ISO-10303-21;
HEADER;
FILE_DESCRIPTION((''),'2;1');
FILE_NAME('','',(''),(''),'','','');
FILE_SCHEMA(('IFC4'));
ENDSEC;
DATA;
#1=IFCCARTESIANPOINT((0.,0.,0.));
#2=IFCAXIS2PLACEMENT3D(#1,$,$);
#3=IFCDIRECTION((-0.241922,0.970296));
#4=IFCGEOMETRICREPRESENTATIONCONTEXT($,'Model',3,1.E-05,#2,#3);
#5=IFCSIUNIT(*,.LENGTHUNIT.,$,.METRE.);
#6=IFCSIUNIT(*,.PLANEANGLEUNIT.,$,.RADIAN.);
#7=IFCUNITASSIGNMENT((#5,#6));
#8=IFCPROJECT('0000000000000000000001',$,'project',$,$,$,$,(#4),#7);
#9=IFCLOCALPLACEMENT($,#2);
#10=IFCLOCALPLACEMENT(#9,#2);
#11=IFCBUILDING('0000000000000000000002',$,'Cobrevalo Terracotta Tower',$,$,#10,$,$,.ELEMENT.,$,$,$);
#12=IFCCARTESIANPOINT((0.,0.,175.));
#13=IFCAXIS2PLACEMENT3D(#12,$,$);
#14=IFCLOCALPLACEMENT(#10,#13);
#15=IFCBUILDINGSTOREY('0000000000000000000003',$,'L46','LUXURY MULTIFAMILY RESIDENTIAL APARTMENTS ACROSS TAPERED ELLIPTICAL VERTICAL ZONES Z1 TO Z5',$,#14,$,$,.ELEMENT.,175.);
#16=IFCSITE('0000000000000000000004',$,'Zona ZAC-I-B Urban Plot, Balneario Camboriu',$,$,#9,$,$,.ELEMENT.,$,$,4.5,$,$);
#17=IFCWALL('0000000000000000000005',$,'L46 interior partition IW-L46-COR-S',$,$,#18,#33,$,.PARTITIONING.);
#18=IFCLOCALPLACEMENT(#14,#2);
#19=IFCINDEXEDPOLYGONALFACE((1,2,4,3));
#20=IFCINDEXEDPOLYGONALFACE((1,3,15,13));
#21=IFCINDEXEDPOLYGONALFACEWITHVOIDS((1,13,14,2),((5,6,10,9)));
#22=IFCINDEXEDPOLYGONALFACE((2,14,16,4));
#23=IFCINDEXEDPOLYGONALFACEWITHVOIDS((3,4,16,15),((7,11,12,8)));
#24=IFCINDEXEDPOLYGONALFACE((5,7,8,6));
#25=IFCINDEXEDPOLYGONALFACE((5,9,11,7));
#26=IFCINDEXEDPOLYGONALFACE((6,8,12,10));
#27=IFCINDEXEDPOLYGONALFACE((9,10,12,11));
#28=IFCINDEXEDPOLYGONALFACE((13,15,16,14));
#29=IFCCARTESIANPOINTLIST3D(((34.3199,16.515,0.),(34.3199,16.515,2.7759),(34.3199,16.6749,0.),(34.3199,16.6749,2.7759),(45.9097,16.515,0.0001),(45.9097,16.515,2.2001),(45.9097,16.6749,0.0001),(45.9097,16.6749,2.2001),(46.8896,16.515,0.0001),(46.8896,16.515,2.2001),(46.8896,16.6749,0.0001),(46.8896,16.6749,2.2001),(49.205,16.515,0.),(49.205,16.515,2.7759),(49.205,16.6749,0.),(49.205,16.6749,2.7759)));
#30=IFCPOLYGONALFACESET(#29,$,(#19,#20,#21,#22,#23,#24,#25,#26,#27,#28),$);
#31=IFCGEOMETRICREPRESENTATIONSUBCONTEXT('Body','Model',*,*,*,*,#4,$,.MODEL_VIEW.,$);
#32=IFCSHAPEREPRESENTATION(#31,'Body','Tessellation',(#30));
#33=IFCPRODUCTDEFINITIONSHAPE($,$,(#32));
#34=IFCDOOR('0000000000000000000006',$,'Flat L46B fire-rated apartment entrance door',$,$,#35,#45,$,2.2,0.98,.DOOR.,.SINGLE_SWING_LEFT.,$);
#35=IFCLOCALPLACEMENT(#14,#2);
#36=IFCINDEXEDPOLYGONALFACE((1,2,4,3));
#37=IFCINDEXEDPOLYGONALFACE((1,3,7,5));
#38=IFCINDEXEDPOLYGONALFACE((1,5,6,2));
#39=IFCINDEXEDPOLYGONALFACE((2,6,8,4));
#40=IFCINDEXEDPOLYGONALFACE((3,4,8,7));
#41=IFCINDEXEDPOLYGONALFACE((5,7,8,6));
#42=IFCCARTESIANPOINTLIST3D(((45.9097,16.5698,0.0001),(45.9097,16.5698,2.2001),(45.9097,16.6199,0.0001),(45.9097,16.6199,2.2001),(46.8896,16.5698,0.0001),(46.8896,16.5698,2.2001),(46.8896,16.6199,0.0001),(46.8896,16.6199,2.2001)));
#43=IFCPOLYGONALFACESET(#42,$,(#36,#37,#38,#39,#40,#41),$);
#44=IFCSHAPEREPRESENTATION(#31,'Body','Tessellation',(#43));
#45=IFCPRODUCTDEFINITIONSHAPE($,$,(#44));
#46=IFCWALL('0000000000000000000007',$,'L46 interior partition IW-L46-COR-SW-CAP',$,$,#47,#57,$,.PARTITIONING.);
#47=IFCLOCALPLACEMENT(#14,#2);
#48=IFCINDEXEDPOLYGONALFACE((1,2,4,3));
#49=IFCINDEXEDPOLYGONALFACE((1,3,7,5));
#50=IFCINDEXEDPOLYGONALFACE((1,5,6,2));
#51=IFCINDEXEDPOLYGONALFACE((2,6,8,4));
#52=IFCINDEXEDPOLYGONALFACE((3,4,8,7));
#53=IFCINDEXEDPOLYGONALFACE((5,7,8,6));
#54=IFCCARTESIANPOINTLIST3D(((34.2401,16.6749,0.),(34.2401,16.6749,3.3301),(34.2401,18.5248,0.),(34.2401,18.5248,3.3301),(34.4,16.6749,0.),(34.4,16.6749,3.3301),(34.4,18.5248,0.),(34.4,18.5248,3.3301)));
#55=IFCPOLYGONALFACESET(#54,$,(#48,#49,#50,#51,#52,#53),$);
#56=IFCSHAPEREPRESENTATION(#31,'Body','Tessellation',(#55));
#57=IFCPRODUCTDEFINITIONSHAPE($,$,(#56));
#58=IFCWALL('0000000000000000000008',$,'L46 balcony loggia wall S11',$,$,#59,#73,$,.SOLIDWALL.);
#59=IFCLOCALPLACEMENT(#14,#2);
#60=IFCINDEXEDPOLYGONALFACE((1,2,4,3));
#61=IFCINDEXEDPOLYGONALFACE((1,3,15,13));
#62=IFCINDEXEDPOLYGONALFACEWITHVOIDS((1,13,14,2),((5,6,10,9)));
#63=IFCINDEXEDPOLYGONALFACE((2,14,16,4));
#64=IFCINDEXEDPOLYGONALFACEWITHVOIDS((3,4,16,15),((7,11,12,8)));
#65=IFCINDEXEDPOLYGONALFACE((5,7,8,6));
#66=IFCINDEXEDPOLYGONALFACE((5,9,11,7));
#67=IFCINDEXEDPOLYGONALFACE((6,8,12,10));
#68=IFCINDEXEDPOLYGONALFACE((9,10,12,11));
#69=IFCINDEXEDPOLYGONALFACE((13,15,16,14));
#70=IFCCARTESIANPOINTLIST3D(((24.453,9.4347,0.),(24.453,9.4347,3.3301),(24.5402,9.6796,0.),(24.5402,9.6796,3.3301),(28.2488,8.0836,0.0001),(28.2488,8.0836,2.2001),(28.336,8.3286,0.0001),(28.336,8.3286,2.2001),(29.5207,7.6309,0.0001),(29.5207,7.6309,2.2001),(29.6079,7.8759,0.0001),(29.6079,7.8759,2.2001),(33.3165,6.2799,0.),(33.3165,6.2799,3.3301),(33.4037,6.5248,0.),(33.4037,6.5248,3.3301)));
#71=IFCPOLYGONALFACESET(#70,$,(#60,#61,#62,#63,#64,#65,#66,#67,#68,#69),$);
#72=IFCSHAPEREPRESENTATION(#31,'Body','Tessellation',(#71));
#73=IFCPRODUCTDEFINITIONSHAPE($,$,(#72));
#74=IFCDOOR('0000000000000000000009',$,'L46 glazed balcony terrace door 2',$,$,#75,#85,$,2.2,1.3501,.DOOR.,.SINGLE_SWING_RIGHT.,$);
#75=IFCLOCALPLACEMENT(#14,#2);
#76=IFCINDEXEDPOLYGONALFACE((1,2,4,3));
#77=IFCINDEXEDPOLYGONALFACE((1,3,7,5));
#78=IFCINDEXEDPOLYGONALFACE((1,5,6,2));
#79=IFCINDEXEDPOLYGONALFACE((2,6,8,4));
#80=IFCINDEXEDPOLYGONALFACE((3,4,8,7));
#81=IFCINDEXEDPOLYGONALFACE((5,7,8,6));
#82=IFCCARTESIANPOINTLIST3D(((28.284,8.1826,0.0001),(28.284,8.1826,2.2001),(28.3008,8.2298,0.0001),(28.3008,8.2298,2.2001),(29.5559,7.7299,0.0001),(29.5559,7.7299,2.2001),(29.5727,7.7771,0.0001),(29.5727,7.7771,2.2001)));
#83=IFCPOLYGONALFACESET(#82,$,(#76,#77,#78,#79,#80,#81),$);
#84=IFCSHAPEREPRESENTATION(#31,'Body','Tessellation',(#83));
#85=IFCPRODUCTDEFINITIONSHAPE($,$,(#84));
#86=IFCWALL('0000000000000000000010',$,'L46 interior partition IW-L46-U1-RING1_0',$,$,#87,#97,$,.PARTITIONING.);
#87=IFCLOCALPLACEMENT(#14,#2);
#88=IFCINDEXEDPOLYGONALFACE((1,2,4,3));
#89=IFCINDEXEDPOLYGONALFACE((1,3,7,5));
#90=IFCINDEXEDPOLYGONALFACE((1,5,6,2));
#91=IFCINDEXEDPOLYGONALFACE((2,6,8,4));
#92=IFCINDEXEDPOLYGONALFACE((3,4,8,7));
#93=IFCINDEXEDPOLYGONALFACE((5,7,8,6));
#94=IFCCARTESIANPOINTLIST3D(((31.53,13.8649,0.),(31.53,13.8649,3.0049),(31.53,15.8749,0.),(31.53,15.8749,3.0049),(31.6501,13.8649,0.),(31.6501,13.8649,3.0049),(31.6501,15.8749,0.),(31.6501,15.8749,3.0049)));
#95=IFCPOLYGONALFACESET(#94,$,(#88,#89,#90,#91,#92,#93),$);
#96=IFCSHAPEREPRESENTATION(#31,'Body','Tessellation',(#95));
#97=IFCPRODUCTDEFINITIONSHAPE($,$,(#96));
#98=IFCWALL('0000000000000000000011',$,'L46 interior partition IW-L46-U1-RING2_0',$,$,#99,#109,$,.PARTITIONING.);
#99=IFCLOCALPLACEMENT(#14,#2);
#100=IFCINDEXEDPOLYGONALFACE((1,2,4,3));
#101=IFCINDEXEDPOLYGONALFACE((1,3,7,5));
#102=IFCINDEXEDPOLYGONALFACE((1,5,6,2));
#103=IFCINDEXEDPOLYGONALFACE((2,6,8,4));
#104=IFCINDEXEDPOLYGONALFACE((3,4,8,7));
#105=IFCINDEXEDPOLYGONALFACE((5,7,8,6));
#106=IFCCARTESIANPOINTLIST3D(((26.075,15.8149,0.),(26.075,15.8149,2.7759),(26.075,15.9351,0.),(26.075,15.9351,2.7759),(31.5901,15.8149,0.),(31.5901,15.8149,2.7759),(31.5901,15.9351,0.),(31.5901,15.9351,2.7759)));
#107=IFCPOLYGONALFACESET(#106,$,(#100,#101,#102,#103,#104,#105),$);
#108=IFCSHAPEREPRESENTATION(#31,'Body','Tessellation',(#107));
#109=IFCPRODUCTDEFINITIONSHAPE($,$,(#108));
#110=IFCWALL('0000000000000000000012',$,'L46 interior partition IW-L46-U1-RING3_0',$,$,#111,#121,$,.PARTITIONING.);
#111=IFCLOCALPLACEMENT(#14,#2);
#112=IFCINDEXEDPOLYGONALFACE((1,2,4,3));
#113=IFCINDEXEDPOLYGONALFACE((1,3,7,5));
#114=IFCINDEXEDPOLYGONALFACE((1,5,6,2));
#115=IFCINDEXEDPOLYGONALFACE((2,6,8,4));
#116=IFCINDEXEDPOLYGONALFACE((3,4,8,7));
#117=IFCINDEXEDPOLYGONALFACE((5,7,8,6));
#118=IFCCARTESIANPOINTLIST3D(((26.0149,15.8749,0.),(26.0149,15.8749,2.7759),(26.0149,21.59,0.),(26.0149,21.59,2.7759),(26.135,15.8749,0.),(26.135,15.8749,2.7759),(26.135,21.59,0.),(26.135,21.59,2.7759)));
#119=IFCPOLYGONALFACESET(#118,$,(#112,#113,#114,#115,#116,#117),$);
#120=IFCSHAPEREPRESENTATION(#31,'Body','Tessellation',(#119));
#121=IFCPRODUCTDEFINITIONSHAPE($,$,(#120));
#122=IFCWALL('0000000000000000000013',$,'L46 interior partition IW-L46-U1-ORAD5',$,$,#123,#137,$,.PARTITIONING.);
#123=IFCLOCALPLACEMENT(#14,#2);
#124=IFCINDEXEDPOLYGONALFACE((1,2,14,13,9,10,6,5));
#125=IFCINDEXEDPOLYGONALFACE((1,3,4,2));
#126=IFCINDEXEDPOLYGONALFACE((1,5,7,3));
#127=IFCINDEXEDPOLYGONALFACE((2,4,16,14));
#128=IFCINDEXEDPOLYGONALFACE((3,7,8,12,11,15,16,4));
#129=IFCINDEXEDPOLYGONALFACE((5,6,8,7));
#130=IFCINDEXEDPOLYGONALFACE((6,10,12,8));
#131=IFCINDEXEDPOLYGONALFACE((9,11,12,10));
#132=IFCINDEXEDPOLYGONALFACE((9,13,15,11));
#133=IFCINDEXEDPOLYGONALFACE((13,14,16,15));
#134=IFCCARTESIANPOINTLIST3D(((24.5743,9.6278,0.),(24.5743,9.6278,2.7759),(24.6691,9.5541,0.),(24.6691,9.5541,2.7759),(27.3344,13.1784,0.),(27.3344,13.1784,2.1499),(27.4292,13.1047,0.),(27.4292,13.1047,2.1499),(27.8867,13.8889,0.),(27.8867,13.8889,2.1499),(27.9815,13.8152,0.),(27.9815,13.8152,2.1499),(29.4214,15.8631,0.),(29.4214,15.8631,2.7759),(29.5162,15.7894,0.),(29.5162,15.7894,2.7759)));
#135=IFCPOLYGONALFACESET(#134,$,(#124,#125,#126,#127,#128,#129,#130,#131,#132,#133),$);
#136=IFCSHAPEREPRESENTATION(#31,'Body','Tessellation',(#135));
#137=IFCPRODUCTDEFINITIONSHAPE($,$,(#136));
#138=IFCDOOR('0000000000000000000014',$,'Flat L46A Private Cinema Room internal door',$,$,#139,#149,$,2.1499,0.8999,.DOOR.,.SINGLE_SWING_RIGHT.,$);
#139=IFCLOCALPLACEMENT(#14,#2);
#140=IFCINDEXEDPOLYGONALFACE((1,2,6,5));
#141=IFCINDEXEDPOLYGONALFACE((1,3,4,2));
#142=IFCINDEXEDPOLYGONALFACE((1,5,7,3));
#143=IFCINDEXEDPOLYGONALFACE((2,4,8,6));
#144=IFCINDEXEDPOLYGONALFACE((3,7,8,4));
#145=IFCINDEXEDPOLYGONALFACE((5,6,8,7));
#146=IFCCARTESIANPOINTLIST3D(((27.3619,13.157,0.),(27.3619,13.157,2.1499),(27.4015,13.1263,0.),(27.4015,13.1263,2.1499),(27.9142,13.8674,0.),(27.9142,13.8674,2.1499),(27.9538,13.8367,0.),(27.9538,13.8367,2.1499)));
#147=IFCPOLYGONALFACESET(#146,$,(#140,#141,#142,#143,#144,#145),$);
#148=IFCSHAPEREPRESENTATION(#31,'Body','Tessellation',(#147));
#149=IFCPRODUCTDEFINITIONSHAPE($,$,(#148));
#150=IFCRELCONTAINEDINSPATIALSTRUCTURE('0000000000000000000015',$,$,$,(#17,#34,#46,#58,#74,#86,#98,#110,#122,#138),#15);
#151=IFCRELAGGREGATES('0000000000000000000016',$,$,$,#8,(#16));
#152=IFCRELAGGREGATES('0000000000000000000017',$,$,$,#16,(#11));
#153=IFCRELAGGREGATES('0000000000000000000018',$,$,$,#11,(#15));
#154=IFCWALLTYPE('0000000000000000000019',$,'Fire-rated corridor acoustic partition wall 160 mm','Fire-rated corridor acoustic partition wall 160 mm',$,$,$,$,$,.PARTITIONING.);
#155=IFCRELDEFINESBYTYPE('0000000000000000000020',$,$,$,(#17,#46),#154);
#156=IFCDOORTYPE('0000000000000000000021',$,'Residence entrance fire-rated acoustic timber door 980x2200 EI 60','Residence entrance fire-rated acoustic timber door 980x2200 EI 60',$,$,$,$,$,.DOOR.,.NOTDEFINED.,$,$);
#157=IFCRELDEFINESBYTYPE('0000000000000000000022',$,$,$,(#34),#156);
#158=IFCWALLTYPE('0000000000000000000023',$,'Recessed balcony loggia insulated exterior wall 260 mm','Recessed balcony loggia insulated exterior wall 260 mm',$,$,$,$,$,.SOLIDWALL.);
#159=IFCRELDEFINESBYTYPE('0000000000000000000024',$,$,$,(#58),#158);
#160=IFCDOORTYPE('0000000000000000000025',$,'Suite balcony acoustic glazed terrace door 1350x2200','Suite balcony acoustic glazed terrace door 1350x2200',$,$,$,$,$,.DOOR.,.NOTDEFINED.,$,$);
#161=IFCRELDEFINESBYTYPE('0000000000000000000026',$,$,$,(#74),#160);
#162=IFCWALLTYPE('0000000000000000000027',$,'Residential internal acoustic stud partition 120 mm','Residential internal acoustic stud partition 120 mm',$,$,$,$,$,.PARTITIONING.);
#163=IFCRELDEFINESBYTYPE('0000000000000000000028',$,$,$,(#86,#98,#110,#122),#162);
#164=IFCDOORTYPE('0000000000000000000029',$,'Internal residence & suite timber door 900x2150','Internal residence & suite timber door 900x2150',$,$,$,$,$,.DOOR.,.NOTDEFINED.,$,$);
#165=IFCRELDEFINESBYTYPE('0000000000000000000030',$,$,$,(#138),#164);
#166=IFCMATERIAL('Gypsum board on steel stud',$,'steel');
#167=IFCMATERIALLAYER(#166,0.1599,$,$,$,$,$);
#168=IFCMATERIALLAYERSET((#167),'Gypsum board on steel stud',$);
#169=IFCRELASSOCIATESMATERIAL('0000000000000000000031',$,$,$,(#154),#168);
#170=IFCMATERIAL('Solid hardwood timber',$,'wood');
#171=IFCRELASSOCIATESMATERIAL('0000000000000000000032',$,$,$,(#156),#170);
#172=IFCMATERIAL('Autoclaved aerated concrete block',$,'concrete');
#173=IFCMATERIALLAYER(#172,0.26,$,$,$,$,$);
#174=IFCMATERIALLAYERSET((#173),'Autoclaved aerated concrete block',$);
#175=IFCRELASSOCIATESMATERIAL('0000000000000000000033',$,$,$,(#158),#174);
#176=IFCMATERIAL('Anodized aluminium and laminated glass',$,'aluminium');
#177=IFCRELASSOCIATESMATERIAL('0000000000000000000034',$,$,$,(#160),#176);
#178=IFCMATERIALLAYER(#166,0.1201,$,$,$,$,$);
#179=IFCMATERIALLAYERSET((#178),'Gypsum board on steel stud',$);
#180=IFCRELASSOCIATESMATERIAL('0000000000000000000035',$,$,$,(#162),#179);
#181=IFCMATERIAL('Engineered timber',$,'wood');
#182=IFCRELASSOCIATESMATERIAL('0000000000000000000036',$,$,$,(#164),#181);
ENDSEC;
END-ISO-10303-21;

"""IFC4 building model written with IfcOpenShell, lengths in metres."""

from ifc_helpers import new_model, si_unit, direction, frame, frame_2d, origin, place, context, subcontext, project, spatial, rectangle, extrude, source, transform, mapped, material, layer, layer_set, type_object, element, fill, save


model = new_model("IFC4")

# Units and contexts
model_context = context("Model", 3, precision=1e-05, world=origin(), true_north=direction((-0.241922, 0.970296)))
body_context = subcontext(model_context, "Body", "Model", "MODEL_VIEW")
ifc_project = project(units=[si_unit("LENGTHUNIT", "METRE"), si_unit("PLANEANGLEUNIT", "RADIAN")], contexts=[model_context])

# Site, building, storey
site_placement = place(None, origin())
site = spatial("IfcSite", under=ifc_project, at=site_placement, Name="Zona ZAC-I-B Urban Plot, Balneario Camboriu", CompositionType="ELEMENT", RefElevation=4.5)
building_placement = place(site_placement, origin())
building = spatial("IfcBuilding", under=site, at=building_placement, Name="Cobrevalo Terracotta Tower", CompositionType="ELEMENT")
storey_placement = place(building_placement, frame((0.0, 0.0, 175.0)))
storey = spatial("IfcBuildingStorey", under=building, at=storey_placement, Name="L46", Description="LUXURY MULTIFAMILY RESIDENTIAL APARTMENTS ACROSS TAPERED ELLIPTICAL VERTICAL ZONES Z1 TO Z5", CompositionType="ELEMENT", Elevation=175.0)

# Wall, opening, door
ifc_material_1 = material(Name="Gypsum board on steel stud", Category="steel")
ifc_layer_1 = layer(ifc_material_1, 0.1599)
ifc_layer_set_1 = layer_set([ifc_layer_1], Name="Gypsum board on steel stud")
wall_type_1 = type_object("IfcWallType", Name="Fire-rated corridor acoustic partition wall 160 mm", Description="Fire-rated corridor acoustic partition wall 160 mm", PredefinedType="PARTITIONING", material=ifc_layer_set_1)
wall_1_placement = place(storey_placement, frame((34.3201, 16.595, 0.0), z_axis=(0.0, 0.0, 1.0), x_axis=(1.0, 0.0, 0.0)))
wall_1 = element("IfcWall", 1, at=wall_1_placement, inside=storey, type_object=wall_type_1, Name="L46 interior partition IW-L46-COR-S", PredefinedType="PARTITIONING", context=body_context, shape_type="SweptSolid", body=[
    extrude(rectangle(XDim=14.885, YDim=0.1599, at=frame_2d((7.4424, 0.0))), origin(), (0.0, 0.0, 1.0), 2.7759),
])
opening_1_placement = place(wall_1_placement, frame((11.5896, 0.0, 0.0)))
opening_1 = element("IfcOpeningElement", 2, at=opening_1_placement, cuts=wall_1, PredefinedType="OPENING", context=body_context, shape_type="SweptSolid", body=[
    extrude(rectangle(XDim=0.98, YDim=2.2, at=frame_2d((0.49, 1.1001))), frame((0.0, 0.0898, 0.0), z_axis=(0.0, -1.0, 0.0), x_axis=(1.0, 0.0, 0.0)), (0.0, 0.0, 1.0), 0.1799),
])
ifc_material_2 = material(Name="Solid hardwood timber", Category="wood")
door_type_1 = type_object("IfcDoorType", Name="Residence entrance fire-rated acoustic timber door 980x2200 EI 60", Description="Residence entrance fire-rated acoustic timber door 980x2200 EI 60", OperationType="NOTDEFINED", PredefinedType="DOOR", material=ifc_material_2)
shared_shape_1 = source(origin(), body_context, "Body", "SweptSolid", [
    extrude(rectangle(XDim=0.98, YDim=2.2, at=frame_2d((0.49, 1.1001))), frame((0.0, 0.0249, 0.0), z_axis=(0.0, -1.0, 0.0), x_axis=(1.0, 0.0, 0.0)), (0.0, 0.0, 1.0), 0.05),
])
door_1_placement = place(opening_1_placement, origin())
door_1 = element("IfcDoor", 3, at=door_1_placement, inside=storey, type_object=door_type_1, Name="Flat L46B fire-rated apartment entrance door", OperationType="SINGLE_SWING_LEFT", OverallHeight=2.2, OverallWidth=0.98, PredefinedType="DOOR", context=body_context, shape_type="MappedRepresentation", body=[
    mapped(shared_shape_1, transform((0.0, 0.0, 0.0), scale=1.0)),
])
fill(opening_1, door_1)

# Wall
wall_2_placement = place(storey_placement, frame((34.3201, 16.675, 0.0), z_axis=(0.0, 0.0, 1.0), x_axis=(0.0, 1.0, 0.0)))
element("IfcWall", 4, at=wall_2_placement, inside=storey, type_object=wall_type_1, Name="L46 interior partition IW-L46-COR-SW-CAP", PredefinedType="PARTITIONING", context=body_context, shape_type="SweptSolid", body=[
    extrude(rectangle(XDim=1.8499, YDim=0.1599, at=frame_2d((0.9248, 0.0))), origin(), (0.0, 0.0, 1.0), 3.3301),
])

# Wall, opening, door
ifc_material_3 = material(Name="Autoclaved aerated concrete block", Category="concrete")
ifc_layer_2 = layer(ifc_material_3, 0.26)
ifc_layer_set_2 = layer_set([ifc_layer_2], Name="Autoclaved aerated concrete block")
wall_type_2 = type_object("IfcWallType", Name="Recessed balcony loggia insulated exterior wall 260 mm", Description="Recessed balcony loggia insulated exterior wall 260 mm", PredefinedType="SOLIDWALL", material=ifc_layer_set_2)
wall_3_placement = place(storey_placement, frame((24.4966, 9.5571, 0.0), z_axis=(0.0, 0.0, 1.0), x_axis=(0.942104, -0.335322, 0.0)))
wall_3 = element("IfcWall", 5, at=wall_3_placement, inside=storey, type_object=wall_type_2, Name="L46 balcony loggia wall S11", PredefinedType="SOLIDWALL", context=body_context, shape_type="SweptSolid", body=[
    extrude(rectangle(XDim=9.4082, YDim=0.26, at=frame_2d((4.7041, 0.0))), origin(), (0.0, 0.0, 1.0), 3.3301),
])
opening_2_placement = place(wall_3_placement, frame((4.0291, 0.0, 0.0)))
opening_2 = element("IfcOpeningElement", 6, at=opening_2_placement, cuts=wall_3, PredefinedType="OPENING", context=body_context, shape_type="SweptSolid", body=[
    extrude(rectangle(XDim=1.3501, YDim=2.2, at=frame_2d((0.675, 1.1001))), frame((0.0, 0.1401, 0.0), z_axis=(0.0, -1.0, 0.0), x_axis=(1.0, 0.0, 0.0)), (0.0, 0.0, 1.0), 0.28),
])
ifc_material_4 = material(Name="Anodized aluminium and laminated glass", Category="aluminium")
door_type_2 = type_object("IfcDoorType", Name="Suite balcony acoustic glazed terrace door 1350x2200", Description="Suite balcony acoustic glazed terrace door 1350x2200", OperationType="NOTDEFINED", PredefinedType="DOOR", material=ifc_material_4)
shared_shape_2 = source(origin(), body_context, "Body", "SweptSolid", [
    extrude(rectangle(XDim=1.3501, YDim=2.2, at=frame_2d((0.675, 1.1001))), frame((0.0, 0.0249, 0.0), z_axis=(0.0, -1.0, 0.0), x_axis=(1.0, 0.0, 0.0)), (0.0, 0.0, 1.0), 0.05),
])
door_2_placement = place(opening_2_placement, frame((1.3501, 0.0, 0.0), z_axis=(0.0, 0.0, 1.0), x_axis=(-1.0, 0.0, 0.0)))
door_2 = element("IfcDoor", 7, at=door_2_placement, inside=storey, type_object=door_type_2, Name="L46 glazed balcony terrace door 2", OperationType="SINGLE_SWING_RIGHT", OverallHeight=2.2, OverallWidth=1.3501, PredefinedType="DOOR", context=body_context, shape_type="MappedRepresentation", body=[
    mapped(shared_shape_2, transform((0.0, 0.0, 0.0), scale=1.0)),
])
fill(opening_2, door_2)

# Walls
ifc_layer_3 = layer(ifc_material_1, 0.1201)
ifc_layer_set_3 = layer_set([ifc_layer_3], Name="Gypsum board on steel stud")
wall_type_3 = type_object("IfcWallType", Name="Residential internal acoustic stud partition 120 mm", Description="Residential internal acoustic stud partition 120 mm", PredefinedType="PARTITIONING", material=ifc_layer_set_3)
wall_4_placement = place(storey_placement, frame((31.5901, 13.865, 0.0), z_axis=(0.0, 0.0, 1.0), x_axis=(0.0, 1.0, 0.0)))
element("IfcWall", 8, at=wall_4_placement, inside=storey, type_object=wall_type_3, Name="L46 interior partition IW-L46-U1-RING1_0", PredefinedType="PARTITIONING", context=body_context, shape_type="SweptSolid", body=[
    extrude(rectangle(XDim=2.01, YDim=0.1201, at=frame_2d((1.0049, 0.0))), origin(), (0.0, 0.0, 1.0), 3.0049),
])
wall_5_placement = place(storey_placement, frame((31.5901, 15.875, 0.0), z_axis=(0.0, 0.0, 1.0), x_axis=(-1.0, 0.0, 0.0)))
element("IfcWall", 9, at=wall_5_placement, inside=storey, type_object=wall_type_3, Name="L46 interior partition IW-L46-U1-RING2_0", PredefinedType="PARTITIONING", context=body_context, shape_type="SweptSolid", body=[
    extrude(rectangle(XDim=5.5151, YDim=0.1201, at=frame_2d((2.7576, 0.0))), origin(), (0.0, 0.0, 1.0), 2.7759),
])
wall_6_placement = place(storey_placement, frame((26.075, 15.875, 0.0), z_axis=(0.0, 0.0, 1.0), x_axis=(0.0, 1.0, 0.0)))
element("IfcWall", 10, at=wall_6_placement, inside=storey, type_object=wall_type_3, Name="L46 interior partition IW-L46-U1-RING3_0", PredefinedType="PARTITIONING", context=body_context, shape_type="SweptSolid", body=[
    extrude(rectangle(XDim=5.7151, YDim=0.1201, at=frame_2d((2.8574, 0.0))), origin(), (0.0, 0.0, 1.0), 2.7759),
])

# Wall, opening, door
wall_7_placement = place(storey_placement, frame((29.4688, 15.8262, 0.0), z_axis=(0.0, 0.0, 1.0), x_axis=(-0.613739, -0.789509, 0.0)))
wall_7 = element("IfcWall", 11, at=wall_7_placement, inside=storey, type_object=wall_type_3, Name="L46 interior partition IW-L46-U1-ORAD5", PredefinedType="PARTITIONING", context=body_context, shape_type="SweptSolid", body=[
    extrude(rectangle(XDim=7.8977, YDim=0.1201, at=frame_2d((3.9487, 0.0))), origin(), (0.0, 0.0, 1.0), 2.7759),
])
opening_3_placement = place(wall_7_placement, frame((2.5005, 0.0, 0.0)))
opening_3 = element("IfcOpeningElement", 12, at=opening_3_placement, cuts=wall_7, PredefinedType="OPENING", context=body_context, shape_type="SweptSolid", body=[
    extrude(rectangle(XDim=0.8999, YDim=2.1499, at=frame_2d((0.45, 1.075))), frame((0.0, 0.0701, 0.0), z_axis=(0.0, -1.0, 0.0), x_axis=(1.0, 0.0, 0.0)), (0.0, 0.0, 1.0), 0.1401),
])
ifc_material_5 = material(Name="Engineered timber", Category="wood")
door_type_3 = type_object("IfcDoorType", Name="Internal residence & suite timber door 900x2150", Description="Internal residence & suite timber door 900x2150", OperationType="NOTDEFINED", PredefinedType="DOOR", material=ifc_material_5)
shared_shape_3 = source(origin(), body_context, "Body", "SweptSolid", [
    extrude(rectangle(XDim=0.8999, YDim=2.1499, at=frame_2d((0.45, 1.075))), frame((0.0, 0.0249, 0.0), z_axis=(0.0, -1.0, 0.0), x_axis=(1.0, 0.0, 0.0)), (0.0, 0.0, 1.0), 0.05),
])
door_3_placement = place(opening_3_placement, origin())
door_3 = element("IfcDoor", 13, at=door_3_placement, inside=storey, type_object=door_type_3, Name="Flat L46A Private Cinema Room internal door", OperationType="SINGLE_SWING_RIGHT", OverallHeight=2.1499, OverallWidth=0.8999, PredefinedType="DOOR", context=body_context, shape_type="MappedRepresentation", body=[
    mapped(shared_shape_3, transform((0.0, 0.0, 0.0), scale=1.0)),
])
fill(opening_3, door_3)

save(model, "model.ifc")
